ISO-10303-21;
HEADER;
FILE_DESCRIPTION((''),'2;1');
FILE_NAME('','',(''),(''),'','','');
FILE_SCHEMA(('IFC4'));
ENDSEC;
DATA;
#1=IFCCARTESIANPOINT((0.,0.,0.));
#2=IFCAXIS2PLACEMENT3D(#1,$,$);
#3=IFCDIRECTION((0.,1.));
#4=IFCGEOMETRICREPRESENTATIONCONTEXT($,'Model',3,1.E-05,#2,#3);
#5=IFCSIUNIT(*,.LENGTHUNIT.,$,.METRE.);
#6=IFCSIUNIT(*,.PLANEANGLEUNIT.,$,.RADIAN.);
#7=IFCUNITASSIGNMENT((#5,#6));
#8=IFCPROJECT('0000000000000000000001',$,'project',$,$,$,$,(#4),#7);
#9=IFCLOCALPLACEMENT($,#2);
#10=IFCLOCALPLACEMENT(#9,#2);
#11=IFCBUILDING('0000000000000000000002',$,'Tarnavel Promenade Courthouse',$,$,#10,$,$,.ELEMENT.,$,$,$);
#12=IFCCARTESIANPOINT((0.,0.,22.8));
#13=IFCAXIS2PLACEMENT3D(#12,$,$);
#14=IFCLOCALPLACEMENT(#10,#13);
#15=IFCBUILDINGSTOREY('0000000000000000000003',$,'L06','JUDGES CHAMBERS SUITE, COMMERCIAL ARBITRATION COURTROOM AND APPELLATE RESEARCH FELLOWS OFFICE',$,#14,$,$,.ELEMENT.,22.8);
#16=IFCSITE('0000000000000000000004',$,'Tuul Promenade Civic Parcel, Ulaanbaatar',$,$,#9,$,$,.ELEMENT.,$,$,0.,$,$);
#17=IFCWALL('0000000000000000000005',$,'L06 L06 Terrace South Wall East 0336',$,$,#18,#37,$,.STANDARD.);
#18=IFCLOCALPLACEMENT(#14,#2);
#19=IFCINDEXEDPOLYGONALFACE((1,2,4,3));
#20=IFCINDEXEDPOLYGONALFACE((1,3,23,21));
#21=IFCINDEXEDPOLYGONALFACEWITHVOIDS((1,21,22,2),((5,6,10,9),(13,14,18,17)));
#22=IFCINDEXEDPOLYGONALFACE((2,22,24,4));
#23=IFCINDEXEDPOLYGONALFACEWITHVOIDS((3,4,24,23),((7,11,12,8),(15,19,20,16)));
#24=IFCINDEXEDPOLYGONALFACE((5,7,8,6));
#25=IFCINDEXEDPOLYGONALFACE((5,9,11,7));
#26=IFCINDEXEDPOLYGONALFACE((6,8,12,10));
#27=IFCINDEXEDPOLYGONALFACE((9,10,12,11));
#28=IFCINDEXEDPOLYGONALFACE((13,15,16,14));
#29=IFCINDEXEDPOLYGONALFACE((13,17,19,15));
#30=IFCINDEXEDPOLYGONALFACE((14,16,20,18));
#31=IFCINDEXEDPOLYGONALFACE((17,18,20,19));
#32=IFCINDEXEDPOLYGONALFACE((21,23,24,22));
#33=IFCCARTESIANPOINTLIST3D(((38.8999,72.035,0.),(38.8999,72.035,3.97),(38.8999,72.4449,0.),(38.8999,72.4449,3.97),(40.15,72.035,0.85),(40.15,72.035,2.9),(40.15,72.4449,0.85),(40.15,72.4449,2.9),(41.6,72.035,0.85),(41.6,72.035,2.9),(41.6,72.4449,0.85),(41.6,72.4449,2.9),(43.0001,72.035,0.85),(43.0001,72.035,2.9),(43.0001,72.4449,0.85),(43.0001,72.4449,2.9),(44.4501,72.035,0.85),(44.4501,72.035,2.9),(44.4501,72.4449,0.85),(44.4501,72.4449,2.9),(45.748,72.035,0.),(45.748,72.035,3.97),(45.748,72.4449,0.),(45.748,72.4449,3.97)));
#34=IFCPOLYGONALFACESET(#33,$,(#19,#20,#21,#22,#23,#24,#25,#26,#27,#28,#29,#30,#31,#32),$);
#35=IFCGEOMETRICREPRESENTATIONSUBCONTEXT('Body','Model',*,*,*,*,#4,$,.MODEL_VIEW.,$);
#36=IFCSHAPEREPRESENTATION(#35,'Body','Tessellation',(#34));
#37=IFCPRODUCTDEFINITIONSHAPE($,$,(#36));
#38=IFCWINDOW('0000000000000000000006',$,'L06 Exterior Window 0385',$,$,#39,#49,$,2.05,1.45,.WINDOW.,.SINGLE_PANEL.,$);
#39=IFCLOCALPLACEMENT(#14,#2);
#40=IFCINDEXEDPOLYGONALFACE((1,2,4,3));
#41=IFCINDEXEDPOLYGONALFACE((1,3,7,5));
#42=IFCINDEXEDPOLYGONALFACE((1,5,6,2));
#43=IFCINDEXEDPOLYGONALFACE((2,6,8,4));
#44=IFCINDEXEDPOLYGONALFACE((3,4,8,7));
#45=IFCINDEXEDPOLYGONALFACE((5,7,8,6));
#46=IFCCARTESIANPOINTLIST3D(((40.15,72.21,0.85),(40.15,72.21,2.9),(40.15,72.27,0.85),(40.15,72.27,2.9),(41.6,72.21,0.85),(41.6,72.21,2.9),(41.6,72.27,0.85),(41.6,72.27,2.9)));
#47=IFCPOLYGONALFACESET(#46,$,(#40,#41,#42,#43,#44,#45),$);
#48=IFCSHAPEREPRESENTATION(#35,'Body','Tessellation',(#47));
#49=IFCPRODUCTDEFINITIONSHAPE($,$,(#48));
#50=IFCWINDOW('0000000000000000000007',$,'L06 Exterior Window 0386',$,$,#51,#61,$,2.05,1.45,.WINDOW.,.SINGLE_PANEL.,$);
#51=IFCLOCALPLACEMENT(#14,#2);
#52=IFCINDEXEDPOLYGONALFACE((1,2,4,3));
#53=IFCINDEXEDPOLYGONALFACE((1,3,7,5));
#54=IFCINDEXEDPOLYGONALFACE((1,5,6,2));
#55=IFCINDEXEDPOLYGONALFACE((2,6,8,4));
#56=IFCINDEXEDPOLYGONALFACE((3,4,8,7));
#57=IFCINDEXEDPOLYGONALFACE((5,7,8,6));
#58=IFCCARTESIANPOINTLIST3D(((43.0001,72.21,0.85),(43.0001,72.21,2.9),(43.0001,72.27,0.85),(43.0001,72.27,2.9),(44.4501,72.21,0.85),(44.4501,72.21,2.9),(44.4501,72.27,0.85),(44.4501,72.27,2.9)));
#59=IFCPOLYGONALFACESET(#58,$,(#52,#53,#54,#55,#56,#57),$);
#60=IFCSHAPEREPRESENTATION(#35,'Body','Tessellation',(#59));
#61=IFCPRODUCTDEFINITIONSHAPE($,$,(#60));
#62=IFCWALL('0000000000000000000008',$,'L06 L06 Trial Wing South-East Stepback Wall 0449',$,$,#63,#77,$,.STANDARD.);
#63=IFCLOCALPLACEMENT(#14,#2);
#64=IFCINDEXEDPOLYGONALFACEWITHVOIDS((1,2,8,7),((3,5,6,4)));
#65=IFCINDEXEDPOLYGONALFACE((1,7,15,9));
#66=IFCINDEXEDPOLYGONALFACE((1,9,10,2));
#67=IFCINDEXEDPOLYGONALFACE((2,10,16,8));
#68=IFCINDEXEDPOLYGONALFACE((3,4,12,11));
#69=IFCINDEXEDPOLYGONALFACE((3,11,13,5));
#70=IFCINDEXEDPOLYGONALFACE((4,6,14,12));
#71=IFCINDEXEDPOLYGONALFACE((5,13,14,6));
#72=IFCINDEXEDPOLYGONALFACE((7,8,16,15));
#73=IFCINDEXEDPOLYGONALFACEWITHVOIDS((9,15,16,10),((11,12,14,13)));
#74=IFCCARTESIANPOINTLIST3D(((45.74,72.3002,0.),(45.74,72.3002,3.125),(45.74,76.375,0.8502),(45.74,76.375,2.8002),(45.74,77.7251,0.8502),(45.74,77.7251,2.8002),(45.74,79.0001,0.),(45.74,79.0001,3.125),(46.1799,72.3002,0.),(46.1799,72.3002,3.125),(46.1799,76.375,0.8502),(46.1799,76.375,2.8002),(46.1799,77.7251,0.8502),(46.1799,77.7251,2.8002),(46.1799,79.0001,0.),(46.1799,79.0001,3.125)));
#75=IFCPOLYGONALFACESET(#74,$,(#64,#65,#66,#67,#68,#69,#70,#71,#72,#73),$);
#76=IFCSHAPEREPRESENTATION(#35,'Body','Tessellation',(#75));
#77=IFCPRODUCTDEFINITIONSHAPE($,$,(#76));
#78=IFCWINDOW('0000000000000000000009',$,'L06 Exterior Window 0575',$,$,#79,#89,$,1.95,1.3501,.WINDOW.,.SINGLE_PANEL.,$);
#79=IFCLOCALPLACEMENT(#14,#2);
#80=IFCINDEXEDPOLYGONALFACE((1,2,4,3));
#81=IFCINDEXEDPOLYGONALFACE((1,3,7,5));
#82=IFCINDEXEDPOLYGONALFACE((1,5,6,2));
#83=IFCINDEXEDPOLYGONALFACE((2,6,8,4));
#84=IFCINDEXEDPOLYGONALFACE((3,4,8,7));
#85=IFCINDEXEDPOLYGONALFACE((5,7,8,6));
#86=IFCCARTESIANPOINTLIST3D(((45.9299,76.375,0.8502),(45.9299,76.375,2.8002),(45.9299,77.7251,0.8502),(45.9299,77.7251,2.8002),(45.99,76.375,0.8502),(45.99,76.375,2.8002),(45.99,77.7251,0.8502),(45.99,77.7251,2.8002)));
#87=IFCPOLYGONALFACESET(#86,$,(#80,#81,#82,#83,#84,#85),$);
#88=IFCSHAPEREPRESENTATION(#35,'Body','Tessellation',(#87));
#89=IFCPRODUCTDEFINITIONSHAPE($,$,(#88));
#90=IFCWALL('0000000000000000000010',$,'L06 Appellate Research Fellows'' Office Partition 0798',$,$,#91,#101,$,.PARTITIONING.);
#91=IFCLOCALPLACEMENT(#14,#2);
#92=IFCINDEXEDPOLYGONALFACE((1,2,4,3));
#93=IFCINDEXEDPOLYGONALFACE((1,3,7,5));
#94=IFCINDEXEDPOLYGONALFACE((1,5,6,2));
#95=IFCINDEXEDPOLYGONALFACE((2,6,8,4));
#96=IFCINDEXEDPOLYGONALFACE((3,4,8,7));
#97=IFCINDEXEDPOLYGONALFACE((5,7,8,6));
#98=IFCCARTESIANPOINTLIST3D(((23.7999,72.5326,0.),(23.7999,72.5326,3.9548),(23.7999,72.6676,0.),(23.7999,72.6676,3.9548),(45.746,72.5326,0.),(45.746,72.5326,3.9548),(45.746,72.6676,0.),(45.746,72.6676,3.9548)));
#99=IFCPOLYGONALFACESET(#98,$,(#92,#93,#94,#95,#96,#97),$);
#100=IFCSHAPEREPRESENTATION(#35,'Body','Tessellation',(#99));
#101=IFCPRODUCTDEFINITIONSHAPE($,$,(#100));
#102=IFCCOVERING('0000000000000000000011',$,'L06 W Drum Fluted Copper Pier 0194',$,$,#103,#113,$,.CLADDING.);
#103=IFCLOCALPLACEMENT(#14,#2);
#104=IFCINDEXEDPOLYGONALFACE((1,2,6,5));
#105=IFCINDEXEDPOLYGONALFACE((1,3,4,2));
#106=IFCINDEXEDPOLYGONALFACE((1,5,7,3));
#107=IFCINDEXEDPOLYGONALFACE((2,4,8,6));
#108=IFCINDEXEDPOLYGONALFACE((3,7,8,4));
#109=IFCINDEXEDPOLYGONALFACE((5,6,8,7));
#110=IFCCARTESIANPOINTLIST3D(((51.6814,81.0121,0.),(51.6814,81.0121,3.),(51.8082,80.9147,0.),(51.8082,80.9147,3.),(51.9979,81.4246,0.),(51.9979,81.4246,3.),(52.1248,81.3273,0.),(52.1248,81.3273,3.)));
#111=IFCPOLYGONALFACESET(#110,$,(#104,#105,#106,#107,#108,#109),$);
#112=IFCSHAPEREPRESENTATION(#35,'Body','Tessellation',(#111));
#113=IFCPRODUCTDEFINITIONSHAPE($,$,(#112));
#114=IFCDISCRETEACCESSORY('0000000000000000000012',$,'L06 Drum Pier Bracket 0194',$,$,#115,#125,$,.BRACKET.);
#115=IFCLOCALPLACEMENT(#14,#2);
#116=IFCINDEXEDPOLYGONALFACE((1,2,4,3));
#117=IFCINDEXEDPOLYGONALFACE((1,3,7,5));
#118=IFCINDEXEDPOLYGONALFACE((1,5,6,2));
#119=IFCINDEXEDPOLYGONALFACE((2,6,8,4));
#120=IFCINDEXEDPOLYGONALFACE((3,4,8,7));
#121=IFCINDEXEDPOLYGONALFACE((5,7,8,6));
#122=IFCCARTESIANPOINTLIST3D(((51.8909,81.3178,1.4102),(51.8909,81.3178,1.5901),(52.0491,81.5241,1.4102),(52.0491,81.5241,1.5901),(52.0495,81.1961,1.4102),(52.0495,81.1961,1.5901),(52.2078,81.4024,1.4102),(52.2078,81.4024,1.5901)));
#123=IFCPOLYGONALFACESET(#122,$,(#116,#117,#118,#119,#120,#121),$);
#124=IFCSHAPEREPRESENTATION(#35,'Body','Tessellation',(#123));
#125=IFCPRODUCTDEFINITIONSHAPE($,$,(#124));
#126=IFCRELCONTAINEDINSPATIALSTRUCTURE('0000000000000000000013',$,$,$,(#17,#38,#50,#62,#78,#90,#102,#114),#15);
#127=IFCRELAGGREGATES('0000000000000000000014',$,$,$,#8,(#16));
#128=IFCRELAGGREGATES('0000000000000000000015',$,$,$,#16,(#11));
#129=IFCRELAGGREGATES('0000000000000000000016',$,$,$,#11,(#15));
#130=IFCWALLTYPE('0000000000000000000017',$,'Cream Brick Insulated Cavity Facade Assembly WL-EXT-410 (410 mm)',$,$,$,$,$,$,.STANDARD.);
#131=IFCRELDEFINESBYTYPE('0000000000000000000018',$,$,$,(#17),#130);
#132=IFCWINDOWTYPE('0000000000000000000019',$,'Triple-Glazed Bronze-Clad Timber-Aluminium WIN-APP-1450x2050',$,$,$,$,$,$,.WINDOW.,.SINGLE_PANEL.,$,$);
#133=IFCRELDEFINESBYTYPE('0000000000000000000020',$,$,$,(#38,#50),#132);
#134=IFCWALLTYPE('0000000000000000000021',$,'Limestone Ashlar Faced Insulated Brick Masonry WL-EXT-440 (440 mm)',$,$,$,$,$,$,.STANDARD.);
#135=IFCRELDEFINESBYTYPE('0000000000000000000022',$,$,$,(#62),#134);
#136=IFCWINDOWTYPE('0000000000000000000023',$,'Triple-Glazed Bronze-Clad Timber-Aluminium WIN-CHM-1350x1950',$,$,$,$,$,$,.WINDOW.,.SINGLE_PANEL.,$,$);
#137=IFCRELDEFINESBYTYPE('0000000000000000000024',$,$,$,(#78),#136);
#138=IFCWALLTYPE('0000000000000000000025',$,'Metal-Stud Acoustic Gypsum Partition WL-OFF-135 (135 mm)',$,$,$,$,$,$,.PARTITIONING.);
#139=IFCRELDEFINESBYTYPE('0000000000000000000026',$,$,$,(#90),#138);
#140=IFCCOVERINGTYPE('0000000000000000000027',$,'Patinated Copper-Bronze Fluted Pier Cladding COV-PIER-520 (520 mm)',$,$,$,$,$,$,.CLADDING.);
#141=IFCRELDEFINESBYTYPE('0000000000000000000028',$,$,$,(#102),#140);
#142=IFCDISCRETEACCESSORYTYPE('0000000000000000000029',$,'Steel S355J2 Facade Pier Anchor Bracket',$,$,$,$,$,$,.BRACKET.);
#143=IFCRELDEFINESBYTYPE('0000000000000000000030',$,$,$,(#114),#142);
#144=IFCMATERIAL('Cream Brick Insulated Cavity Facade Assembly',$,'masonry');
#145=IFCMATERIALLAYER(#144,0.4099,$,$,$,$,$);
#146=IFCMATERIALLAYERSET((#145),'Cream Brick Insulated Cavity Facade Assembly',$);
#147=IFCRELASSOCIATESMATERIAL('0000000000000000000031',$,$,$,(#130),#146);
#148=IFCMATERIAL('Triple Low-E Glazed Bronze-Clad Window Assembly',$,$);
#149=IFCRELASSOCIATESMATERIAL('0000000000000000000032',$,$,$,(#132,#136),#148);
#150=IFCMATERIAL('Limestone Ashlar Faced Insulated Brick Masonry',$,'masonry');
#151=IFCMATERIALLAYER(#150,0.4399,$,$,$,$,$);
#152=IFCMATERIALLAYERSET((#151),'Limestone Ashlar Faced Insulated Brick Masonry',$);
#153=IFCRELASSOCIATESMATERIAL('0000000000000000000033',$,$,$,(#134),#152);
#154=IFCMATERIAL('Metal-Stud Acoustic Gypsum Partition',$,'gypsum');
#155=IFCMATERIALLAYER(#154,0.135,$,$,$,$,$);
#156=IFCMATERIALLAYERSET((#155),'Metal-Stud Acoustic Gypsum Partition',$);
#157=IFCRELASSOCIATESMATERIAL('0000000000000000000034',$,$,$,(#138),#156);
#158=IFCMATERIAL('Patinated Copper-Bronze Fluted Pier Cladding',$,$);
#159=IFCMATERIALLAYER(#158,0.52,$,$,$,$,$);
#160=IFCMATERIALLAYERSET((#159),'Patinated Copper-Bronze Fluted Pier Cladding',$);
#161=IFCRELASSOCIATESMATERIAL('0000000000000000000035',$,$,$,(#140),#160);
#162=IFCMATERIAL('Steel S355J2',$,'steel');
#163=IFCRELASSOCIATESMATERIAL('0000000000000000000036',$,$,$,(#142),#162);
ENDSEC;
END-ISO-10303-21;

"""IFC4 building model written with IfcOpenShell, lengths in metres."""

from ifc_helpers import new_model, si_unit, direction, frame, frame_2d, origin, origin_2d, place, context, subcontext, project, spatial, rectangle, extrude, material, layer, layer_set, type_object, element, fill, save


model = new_model("IFC4")

# Units and contexts
model_context = context("Model", 3, precision=1e-05, world=origin(), true_north=direction((0.0, 1.0)))
body_context = subcontext(model_context, "Body", "Model", "MODEL_VIEW")
ifc_project = project(units=[si_unit("LENGTHUNIT", "METRE"), si_unit("PLANEANGLEUNIT", "RADIAN")], contexts=[model_context])

# Site, building, storey
site_placement = place(None, origin())
site = spatial("IfcSite", under=ifc_project, at=site_placement, Name="Tuul Promenade Civic Parcel, Ulaanbaatar", CompositionType="ELEMENT", RefElevation=0.0)
building_placement = place(site_placement, origin())
building = spatial("IfcBuilding", under=site, at=building_placement, Name="Tarnavel Promenade Courthouse", CompositionType="ELEMENT")
storey_placement = place(building_placement, frame((0.0, 0.0, 22.8)))
storey = spatial("IfcBuildingStorey", under=building, at=storey_placement, Name="L06", Description="JUDGES CHAMBERS SUITE, COMMERCIAL ARBITRATION COURTROOM AND APPELLATE RESEARCH FELLOWS OFFICE", CompositionType="ELEMENT", Elevation=22.8)

# Shared definitions
ifc_material_1 = material(Name="Steel S355J2", Category="steel")

# Wall, openings, windows
ifc_material_2 = material(Name="Cream Brick Insulated Cavity Facade Assembly", Category="masonry")
ifc_layer_1 = layer(ifc_material_2, 0.4099)
ifc_layer_set_1 = layer_set([ifc_layer_1], Name="Cream Brick Insulated Cavity Facade Assembly")
wall_type_1 = type_object("IfcWallType", Name="Cream Brick Insulated Cavity Facade Assembly WL-EXT-410 (410 mm)", PredefinedType="STANDARD", material=ifc_layer_set_1)
wall_1_placement = place(storey_placement, frame((38.8999, 72.24, 0.0), z_axis=(0.0, 0.0, 1.0), x_axis=(1.0, 0.0, 0.0)))
wall_1 = element("IfcWall", 1, at=wall_1_placement, inside=storey, type_object=wall_type_1, Name="L06 L06 Terrace South Wall East 0336", PredefinedType="STANDARD", context=body_context, shape_type="SweptSolid", body=[
    extrude(rectangle(XDim=6.8481, YDim=0.4099, at=frame_2d((3.4241, 0.0))), origin(), (0.0, 0.0, 1.0), 3.97),
])
opening_1_placement = place(wall_1_placement, frame((1.25, 0.0, 0.8501)))
opening_1 = element("IfcOpeningElement", 2, at=opening_1_placement, cuts=wall_1, PredefinedType="OPENING", context=body_context, shape_type="SweptSolid", body=[
    extrude(rectangle(XDim=1.45, YDim=2.05, at=frame_2d((0.7251, 1.0249))), frame((0.0, 0.2148, 0.0), z_axis=(0.0, -1.0, 0.0), x_axis=(1.0, 0.0, 0.0)), (0.0, 0.0, 1.0), 0.4299),
])
opening_2_placement = place(wall_1_placement, frame((4.1001, 0.0, 0.8501)))
opening_2 = element("IfcOpeningElement", 3, at=opening_2_placement, cuts=wall_1, PredefinedType="OPENING", context=body_context, shape_type="SweptSolid", body=[
    extrude(rectangle(XDim=1.45, YDim=2.05, at=frame_2d((0.7251, 1.0249))), frame((0.0, 0.2148, 0.0), z_axis=(0.0, -1.0, 0.0), x_axis=(1.0, 0.0, 0.0)), (0.0, 0.0, 1.0), 0.4299),
])
ifc_material_3 = material(Name="Triple Low-E Glazed Bronze-Clad Window Assembly")
window_type_1 = type_object("IfcWindowType", Name="Triple-Glazed Bronze-Clad Timber-Aluminium WIN-APP-1450x2050", PartitioningType="SINGLE_PANEL", PredefinedType="WINDOW", material=ifc_material_3)
window_1_placement = place(opening_1_placement, origin())
window_1 = element("IfcWindow", 4, at=window_1_placement, inside=storey, type_object=window_type_1, Name="L06 Exterior Window 0385", OverallHeight=2.05, OverallWidth=1.45, PartitioningType="SINGLE_PANEL", PredefinedType="WINDOW", context=body_context, shape_type="SweptSolid", body=[
    extrude(rectangle(XDim=1.45, YDim=2.05, at=frame_2d((0.7251, 1.0249))), frame((0.0, 0.03, 0.0), z_axis=(0.0, -1.0, 0.0), x_axis=(1.0, 0.0, 0.0)), (0.0, 0.0, 1.0), 0.0601),
])
fill(opening_1, window_1)
window_2_placement = place(opening_2_placement, origin())
window_2 = element("IfcWindow", 5, at=window_2_placement, inside=storey, type_object=window_type_1, Name="L06 Exterior Window 0386", OverallHeight=2.05, OverallWidth=1.45, PartitioningType="SINGLE_PANEL", PredefinedType="WINDOW", context=body_context, shape_type="SweptSolid", body=[
    extrude(rectangle(XDim=1.45, YDim=2.05, at=frame_2d((0.7251, 1.0249))), frame((0.0, 0.03, 0.0), z_axis=(0.0, -1.0, 0.0), x_axis=(1.0, 0.0, 0.0)), (0.0, 0.0, 1.0), 0.0601),
])
fill(opening_2, window_2)

# Wall, opening, window
ifc_material_4 = material(Name="Limestone Ashlar Faced Insulated Brick Masonry", Category="masonry")
ifc_layer_2 = layer(ifc_material_4, 0.4399)
ifc_layer_set_2 = layer_set([ifc_layer_2], Name="Limestone Ashlar Faced Insulated Brick Masonry")
wall_type_2 = type_object("IfcWallType", Name="Limestone Ashlar Faced Insulated Brick Masonry WL-EXT-440 (440 mm)", PredefinedType="STANDARD", material=ifc_layer_set_2)
wall_2_placement = place(storey_placement, frame((45.96, 72.3, 0.0), z_axis=(0.0, 0.0, 1.0), x_axis=(0.0, 1.0, 0.0)))
wall_2 = element("IfcWall", 6, at=wall_2_placement, inside=storey, type_object=wall_type_2, Name="L06 L06 Trial Wing South-East Stepback Wall 0449", PredefinedType="STANDARD", context=body_context, shape_type="SweptSolid", body=[
    extrude(rectangle(XDim=6.7, YDim=0.4399, at=frame_2d((3.3501, 0.0))), origin(), (0.0, 0.0, 1.0), 3.125),
])
opening_3_placement = place(wall_2_placement, frame((4.075, 0.0, 0.8501)))
opening_3 = element("IfcOpeningElement", 7, at=opening_3_placement, cuts=wall_2, PredefinedType="OPENING", context=body_context, shape_type="SweptSolid", body=[
    extrude(rectangle(XDim=1.3501, YDim=1.95, at=frame_2d((0.675, 0.9751))), frame((0.0, 0.23, 0.0), z_axis=(0.0, -1.0, 0.0), x_axis=(1.0, 0.0, 0.0)), (0.0, 0.0, 1.0), 0.46),
])
window_type_2 = type_object("IfcWindowType", Name="Triple-Glazed Bronze-Clad Timber-Aluminium WIN-CHM-1350x1950", PartitioningType="SINGLE_PANEL", PredefinedType="WINDOW", material=ifc_material_3)
window_3_placement = place(opening_3_placement, origin())
window_3 = element("IfcWindow", 8, at=window_3_placement, inside=storey, type_object=window_type_2, Name="L06 Exterior Window 0575", OverallHeight=1.95, OverallWidth=1.3501, PartitioningType="SINGLE_PANEL", PredefinedType="WINDOW", context=body_context, shape_type="SweptSolid", body=[
    extrude(rectangle(XDim=1.3501, YDim=1.95, at=frame_2d((0.675, 0.9751))), frame((0.0, 0.03, 0.0), z_axis=(0.0, -1.0, 0.0), x_axis=(1.0, 0.0, 0.0)), (0.0, 0.0, 1.0), 0.0601),
])
fill(opening_3, window_3)

# Wall
ifc_material_5 = material(Name="Metal-Stud Acoustic Gypsum Partition", Category="gypsum")
ifc_layer_3 = layer(ifc_material_5, 0.135)
ifc_layer_set_3 = layer_set([ifc_layer_3], Name="Metal-Stud Acoustic Gypsum Partition")
wall_type_3 = type_object("IfcWallType", Name="Metal-Stud Acoustic Gypsum Partition WL-OFF-135 (135 mm)", PredefinedType="PARTITIONING", material=ifc_layer_set_3)
wall_3_placement = place(storey_placement, frame((45.7461, 72.6001, 0.0), z_axis=(0.0, 0.0, 1.0), x_axis=(-1.0, 0.0, 0.0)))
element("IfcWall", 9, at=wall_3_placement, inside=storey, type_object=wall_type_3, Name="L06 Appellate Research Fellows' Office Partition 0798", PredefinedType="PARTITIONING", context=body_context, shape_type="SweptSolid", body=[
    extrude(rectangle(XDim=21.946, YDim=0.135, at=frame_2d((10.9731, 0.0))), origin(), (0.0, 0.0, 1.0), 3.9548),
])

# Covering
ifc_material_6 = material(Name="Patinated Copper-Bronze Fluted Pier Cladding")
ifc_layer_4 = layer(ifc_material_6, 0.52)
ifc_layer_set_4 = layer_set([ifc_layer_4], Name="Patinated Copper-Bronze Fluted Pier Cladding")
covering_type = type_object("IfcCoveringType", Name="Patinated Copper-Bronze Fluted Pier Cladding COV-PIER-520 (520 mm)", PredefinedType="CLADDING", material=ifc_layer_set_4)
covering_placement = place(storey_placement, frame((51.9031, 81.1697, 0.0), z_axis=(0.0, 0.0, 1.0), x_axis=(0.793353, -0.608761, 0.0)))
element("IfcCovering", 10, at=covering_placement, inside=storey, type_object=covering_type, Name="L06 W Drum Fluted Copper Pier 0194", PredefinedType="CLADDING", context=body_context, shape_type="SweptSolid", body=[
    extrude(rectangle(XDim=0.1599, YDim=0.52, at=origin_2d()), origin(), (0.0, 0.0, 1.0), 3.0),
])

# Discrete accessory
discrete_accessory_type = type_object("IfcDiscreteAccessoryType", Name="Steel S355J2 Facade Pier Anchor Bracket", PredefinedType="BRACKET", material=ifc_material_1)
discrete_accessory_placement = place(storey_placement, frame((52.0493, 81.3601, 1.4102), z_axis=(0.0, 0.0, 1.0), x_axis=(0.793353, -0.608761, 0.0)))
element("IfcDiscreteAccessory", 11, at=discrete_accessory_placement, inside=storey, type_object=discrete_accessory_type, Name="L06 Drum Pier Bracket 0194", PredefinedType="BRACKET", context=body_context, shape_type="SweptSolid", body=[
    extrude(rectangle(XDim=0.2, YDim=0.26, at=origin_2d()), origin(), (0.0, 0.0, 1.0), 0.1799),
])

save(model, "model.ifc")
